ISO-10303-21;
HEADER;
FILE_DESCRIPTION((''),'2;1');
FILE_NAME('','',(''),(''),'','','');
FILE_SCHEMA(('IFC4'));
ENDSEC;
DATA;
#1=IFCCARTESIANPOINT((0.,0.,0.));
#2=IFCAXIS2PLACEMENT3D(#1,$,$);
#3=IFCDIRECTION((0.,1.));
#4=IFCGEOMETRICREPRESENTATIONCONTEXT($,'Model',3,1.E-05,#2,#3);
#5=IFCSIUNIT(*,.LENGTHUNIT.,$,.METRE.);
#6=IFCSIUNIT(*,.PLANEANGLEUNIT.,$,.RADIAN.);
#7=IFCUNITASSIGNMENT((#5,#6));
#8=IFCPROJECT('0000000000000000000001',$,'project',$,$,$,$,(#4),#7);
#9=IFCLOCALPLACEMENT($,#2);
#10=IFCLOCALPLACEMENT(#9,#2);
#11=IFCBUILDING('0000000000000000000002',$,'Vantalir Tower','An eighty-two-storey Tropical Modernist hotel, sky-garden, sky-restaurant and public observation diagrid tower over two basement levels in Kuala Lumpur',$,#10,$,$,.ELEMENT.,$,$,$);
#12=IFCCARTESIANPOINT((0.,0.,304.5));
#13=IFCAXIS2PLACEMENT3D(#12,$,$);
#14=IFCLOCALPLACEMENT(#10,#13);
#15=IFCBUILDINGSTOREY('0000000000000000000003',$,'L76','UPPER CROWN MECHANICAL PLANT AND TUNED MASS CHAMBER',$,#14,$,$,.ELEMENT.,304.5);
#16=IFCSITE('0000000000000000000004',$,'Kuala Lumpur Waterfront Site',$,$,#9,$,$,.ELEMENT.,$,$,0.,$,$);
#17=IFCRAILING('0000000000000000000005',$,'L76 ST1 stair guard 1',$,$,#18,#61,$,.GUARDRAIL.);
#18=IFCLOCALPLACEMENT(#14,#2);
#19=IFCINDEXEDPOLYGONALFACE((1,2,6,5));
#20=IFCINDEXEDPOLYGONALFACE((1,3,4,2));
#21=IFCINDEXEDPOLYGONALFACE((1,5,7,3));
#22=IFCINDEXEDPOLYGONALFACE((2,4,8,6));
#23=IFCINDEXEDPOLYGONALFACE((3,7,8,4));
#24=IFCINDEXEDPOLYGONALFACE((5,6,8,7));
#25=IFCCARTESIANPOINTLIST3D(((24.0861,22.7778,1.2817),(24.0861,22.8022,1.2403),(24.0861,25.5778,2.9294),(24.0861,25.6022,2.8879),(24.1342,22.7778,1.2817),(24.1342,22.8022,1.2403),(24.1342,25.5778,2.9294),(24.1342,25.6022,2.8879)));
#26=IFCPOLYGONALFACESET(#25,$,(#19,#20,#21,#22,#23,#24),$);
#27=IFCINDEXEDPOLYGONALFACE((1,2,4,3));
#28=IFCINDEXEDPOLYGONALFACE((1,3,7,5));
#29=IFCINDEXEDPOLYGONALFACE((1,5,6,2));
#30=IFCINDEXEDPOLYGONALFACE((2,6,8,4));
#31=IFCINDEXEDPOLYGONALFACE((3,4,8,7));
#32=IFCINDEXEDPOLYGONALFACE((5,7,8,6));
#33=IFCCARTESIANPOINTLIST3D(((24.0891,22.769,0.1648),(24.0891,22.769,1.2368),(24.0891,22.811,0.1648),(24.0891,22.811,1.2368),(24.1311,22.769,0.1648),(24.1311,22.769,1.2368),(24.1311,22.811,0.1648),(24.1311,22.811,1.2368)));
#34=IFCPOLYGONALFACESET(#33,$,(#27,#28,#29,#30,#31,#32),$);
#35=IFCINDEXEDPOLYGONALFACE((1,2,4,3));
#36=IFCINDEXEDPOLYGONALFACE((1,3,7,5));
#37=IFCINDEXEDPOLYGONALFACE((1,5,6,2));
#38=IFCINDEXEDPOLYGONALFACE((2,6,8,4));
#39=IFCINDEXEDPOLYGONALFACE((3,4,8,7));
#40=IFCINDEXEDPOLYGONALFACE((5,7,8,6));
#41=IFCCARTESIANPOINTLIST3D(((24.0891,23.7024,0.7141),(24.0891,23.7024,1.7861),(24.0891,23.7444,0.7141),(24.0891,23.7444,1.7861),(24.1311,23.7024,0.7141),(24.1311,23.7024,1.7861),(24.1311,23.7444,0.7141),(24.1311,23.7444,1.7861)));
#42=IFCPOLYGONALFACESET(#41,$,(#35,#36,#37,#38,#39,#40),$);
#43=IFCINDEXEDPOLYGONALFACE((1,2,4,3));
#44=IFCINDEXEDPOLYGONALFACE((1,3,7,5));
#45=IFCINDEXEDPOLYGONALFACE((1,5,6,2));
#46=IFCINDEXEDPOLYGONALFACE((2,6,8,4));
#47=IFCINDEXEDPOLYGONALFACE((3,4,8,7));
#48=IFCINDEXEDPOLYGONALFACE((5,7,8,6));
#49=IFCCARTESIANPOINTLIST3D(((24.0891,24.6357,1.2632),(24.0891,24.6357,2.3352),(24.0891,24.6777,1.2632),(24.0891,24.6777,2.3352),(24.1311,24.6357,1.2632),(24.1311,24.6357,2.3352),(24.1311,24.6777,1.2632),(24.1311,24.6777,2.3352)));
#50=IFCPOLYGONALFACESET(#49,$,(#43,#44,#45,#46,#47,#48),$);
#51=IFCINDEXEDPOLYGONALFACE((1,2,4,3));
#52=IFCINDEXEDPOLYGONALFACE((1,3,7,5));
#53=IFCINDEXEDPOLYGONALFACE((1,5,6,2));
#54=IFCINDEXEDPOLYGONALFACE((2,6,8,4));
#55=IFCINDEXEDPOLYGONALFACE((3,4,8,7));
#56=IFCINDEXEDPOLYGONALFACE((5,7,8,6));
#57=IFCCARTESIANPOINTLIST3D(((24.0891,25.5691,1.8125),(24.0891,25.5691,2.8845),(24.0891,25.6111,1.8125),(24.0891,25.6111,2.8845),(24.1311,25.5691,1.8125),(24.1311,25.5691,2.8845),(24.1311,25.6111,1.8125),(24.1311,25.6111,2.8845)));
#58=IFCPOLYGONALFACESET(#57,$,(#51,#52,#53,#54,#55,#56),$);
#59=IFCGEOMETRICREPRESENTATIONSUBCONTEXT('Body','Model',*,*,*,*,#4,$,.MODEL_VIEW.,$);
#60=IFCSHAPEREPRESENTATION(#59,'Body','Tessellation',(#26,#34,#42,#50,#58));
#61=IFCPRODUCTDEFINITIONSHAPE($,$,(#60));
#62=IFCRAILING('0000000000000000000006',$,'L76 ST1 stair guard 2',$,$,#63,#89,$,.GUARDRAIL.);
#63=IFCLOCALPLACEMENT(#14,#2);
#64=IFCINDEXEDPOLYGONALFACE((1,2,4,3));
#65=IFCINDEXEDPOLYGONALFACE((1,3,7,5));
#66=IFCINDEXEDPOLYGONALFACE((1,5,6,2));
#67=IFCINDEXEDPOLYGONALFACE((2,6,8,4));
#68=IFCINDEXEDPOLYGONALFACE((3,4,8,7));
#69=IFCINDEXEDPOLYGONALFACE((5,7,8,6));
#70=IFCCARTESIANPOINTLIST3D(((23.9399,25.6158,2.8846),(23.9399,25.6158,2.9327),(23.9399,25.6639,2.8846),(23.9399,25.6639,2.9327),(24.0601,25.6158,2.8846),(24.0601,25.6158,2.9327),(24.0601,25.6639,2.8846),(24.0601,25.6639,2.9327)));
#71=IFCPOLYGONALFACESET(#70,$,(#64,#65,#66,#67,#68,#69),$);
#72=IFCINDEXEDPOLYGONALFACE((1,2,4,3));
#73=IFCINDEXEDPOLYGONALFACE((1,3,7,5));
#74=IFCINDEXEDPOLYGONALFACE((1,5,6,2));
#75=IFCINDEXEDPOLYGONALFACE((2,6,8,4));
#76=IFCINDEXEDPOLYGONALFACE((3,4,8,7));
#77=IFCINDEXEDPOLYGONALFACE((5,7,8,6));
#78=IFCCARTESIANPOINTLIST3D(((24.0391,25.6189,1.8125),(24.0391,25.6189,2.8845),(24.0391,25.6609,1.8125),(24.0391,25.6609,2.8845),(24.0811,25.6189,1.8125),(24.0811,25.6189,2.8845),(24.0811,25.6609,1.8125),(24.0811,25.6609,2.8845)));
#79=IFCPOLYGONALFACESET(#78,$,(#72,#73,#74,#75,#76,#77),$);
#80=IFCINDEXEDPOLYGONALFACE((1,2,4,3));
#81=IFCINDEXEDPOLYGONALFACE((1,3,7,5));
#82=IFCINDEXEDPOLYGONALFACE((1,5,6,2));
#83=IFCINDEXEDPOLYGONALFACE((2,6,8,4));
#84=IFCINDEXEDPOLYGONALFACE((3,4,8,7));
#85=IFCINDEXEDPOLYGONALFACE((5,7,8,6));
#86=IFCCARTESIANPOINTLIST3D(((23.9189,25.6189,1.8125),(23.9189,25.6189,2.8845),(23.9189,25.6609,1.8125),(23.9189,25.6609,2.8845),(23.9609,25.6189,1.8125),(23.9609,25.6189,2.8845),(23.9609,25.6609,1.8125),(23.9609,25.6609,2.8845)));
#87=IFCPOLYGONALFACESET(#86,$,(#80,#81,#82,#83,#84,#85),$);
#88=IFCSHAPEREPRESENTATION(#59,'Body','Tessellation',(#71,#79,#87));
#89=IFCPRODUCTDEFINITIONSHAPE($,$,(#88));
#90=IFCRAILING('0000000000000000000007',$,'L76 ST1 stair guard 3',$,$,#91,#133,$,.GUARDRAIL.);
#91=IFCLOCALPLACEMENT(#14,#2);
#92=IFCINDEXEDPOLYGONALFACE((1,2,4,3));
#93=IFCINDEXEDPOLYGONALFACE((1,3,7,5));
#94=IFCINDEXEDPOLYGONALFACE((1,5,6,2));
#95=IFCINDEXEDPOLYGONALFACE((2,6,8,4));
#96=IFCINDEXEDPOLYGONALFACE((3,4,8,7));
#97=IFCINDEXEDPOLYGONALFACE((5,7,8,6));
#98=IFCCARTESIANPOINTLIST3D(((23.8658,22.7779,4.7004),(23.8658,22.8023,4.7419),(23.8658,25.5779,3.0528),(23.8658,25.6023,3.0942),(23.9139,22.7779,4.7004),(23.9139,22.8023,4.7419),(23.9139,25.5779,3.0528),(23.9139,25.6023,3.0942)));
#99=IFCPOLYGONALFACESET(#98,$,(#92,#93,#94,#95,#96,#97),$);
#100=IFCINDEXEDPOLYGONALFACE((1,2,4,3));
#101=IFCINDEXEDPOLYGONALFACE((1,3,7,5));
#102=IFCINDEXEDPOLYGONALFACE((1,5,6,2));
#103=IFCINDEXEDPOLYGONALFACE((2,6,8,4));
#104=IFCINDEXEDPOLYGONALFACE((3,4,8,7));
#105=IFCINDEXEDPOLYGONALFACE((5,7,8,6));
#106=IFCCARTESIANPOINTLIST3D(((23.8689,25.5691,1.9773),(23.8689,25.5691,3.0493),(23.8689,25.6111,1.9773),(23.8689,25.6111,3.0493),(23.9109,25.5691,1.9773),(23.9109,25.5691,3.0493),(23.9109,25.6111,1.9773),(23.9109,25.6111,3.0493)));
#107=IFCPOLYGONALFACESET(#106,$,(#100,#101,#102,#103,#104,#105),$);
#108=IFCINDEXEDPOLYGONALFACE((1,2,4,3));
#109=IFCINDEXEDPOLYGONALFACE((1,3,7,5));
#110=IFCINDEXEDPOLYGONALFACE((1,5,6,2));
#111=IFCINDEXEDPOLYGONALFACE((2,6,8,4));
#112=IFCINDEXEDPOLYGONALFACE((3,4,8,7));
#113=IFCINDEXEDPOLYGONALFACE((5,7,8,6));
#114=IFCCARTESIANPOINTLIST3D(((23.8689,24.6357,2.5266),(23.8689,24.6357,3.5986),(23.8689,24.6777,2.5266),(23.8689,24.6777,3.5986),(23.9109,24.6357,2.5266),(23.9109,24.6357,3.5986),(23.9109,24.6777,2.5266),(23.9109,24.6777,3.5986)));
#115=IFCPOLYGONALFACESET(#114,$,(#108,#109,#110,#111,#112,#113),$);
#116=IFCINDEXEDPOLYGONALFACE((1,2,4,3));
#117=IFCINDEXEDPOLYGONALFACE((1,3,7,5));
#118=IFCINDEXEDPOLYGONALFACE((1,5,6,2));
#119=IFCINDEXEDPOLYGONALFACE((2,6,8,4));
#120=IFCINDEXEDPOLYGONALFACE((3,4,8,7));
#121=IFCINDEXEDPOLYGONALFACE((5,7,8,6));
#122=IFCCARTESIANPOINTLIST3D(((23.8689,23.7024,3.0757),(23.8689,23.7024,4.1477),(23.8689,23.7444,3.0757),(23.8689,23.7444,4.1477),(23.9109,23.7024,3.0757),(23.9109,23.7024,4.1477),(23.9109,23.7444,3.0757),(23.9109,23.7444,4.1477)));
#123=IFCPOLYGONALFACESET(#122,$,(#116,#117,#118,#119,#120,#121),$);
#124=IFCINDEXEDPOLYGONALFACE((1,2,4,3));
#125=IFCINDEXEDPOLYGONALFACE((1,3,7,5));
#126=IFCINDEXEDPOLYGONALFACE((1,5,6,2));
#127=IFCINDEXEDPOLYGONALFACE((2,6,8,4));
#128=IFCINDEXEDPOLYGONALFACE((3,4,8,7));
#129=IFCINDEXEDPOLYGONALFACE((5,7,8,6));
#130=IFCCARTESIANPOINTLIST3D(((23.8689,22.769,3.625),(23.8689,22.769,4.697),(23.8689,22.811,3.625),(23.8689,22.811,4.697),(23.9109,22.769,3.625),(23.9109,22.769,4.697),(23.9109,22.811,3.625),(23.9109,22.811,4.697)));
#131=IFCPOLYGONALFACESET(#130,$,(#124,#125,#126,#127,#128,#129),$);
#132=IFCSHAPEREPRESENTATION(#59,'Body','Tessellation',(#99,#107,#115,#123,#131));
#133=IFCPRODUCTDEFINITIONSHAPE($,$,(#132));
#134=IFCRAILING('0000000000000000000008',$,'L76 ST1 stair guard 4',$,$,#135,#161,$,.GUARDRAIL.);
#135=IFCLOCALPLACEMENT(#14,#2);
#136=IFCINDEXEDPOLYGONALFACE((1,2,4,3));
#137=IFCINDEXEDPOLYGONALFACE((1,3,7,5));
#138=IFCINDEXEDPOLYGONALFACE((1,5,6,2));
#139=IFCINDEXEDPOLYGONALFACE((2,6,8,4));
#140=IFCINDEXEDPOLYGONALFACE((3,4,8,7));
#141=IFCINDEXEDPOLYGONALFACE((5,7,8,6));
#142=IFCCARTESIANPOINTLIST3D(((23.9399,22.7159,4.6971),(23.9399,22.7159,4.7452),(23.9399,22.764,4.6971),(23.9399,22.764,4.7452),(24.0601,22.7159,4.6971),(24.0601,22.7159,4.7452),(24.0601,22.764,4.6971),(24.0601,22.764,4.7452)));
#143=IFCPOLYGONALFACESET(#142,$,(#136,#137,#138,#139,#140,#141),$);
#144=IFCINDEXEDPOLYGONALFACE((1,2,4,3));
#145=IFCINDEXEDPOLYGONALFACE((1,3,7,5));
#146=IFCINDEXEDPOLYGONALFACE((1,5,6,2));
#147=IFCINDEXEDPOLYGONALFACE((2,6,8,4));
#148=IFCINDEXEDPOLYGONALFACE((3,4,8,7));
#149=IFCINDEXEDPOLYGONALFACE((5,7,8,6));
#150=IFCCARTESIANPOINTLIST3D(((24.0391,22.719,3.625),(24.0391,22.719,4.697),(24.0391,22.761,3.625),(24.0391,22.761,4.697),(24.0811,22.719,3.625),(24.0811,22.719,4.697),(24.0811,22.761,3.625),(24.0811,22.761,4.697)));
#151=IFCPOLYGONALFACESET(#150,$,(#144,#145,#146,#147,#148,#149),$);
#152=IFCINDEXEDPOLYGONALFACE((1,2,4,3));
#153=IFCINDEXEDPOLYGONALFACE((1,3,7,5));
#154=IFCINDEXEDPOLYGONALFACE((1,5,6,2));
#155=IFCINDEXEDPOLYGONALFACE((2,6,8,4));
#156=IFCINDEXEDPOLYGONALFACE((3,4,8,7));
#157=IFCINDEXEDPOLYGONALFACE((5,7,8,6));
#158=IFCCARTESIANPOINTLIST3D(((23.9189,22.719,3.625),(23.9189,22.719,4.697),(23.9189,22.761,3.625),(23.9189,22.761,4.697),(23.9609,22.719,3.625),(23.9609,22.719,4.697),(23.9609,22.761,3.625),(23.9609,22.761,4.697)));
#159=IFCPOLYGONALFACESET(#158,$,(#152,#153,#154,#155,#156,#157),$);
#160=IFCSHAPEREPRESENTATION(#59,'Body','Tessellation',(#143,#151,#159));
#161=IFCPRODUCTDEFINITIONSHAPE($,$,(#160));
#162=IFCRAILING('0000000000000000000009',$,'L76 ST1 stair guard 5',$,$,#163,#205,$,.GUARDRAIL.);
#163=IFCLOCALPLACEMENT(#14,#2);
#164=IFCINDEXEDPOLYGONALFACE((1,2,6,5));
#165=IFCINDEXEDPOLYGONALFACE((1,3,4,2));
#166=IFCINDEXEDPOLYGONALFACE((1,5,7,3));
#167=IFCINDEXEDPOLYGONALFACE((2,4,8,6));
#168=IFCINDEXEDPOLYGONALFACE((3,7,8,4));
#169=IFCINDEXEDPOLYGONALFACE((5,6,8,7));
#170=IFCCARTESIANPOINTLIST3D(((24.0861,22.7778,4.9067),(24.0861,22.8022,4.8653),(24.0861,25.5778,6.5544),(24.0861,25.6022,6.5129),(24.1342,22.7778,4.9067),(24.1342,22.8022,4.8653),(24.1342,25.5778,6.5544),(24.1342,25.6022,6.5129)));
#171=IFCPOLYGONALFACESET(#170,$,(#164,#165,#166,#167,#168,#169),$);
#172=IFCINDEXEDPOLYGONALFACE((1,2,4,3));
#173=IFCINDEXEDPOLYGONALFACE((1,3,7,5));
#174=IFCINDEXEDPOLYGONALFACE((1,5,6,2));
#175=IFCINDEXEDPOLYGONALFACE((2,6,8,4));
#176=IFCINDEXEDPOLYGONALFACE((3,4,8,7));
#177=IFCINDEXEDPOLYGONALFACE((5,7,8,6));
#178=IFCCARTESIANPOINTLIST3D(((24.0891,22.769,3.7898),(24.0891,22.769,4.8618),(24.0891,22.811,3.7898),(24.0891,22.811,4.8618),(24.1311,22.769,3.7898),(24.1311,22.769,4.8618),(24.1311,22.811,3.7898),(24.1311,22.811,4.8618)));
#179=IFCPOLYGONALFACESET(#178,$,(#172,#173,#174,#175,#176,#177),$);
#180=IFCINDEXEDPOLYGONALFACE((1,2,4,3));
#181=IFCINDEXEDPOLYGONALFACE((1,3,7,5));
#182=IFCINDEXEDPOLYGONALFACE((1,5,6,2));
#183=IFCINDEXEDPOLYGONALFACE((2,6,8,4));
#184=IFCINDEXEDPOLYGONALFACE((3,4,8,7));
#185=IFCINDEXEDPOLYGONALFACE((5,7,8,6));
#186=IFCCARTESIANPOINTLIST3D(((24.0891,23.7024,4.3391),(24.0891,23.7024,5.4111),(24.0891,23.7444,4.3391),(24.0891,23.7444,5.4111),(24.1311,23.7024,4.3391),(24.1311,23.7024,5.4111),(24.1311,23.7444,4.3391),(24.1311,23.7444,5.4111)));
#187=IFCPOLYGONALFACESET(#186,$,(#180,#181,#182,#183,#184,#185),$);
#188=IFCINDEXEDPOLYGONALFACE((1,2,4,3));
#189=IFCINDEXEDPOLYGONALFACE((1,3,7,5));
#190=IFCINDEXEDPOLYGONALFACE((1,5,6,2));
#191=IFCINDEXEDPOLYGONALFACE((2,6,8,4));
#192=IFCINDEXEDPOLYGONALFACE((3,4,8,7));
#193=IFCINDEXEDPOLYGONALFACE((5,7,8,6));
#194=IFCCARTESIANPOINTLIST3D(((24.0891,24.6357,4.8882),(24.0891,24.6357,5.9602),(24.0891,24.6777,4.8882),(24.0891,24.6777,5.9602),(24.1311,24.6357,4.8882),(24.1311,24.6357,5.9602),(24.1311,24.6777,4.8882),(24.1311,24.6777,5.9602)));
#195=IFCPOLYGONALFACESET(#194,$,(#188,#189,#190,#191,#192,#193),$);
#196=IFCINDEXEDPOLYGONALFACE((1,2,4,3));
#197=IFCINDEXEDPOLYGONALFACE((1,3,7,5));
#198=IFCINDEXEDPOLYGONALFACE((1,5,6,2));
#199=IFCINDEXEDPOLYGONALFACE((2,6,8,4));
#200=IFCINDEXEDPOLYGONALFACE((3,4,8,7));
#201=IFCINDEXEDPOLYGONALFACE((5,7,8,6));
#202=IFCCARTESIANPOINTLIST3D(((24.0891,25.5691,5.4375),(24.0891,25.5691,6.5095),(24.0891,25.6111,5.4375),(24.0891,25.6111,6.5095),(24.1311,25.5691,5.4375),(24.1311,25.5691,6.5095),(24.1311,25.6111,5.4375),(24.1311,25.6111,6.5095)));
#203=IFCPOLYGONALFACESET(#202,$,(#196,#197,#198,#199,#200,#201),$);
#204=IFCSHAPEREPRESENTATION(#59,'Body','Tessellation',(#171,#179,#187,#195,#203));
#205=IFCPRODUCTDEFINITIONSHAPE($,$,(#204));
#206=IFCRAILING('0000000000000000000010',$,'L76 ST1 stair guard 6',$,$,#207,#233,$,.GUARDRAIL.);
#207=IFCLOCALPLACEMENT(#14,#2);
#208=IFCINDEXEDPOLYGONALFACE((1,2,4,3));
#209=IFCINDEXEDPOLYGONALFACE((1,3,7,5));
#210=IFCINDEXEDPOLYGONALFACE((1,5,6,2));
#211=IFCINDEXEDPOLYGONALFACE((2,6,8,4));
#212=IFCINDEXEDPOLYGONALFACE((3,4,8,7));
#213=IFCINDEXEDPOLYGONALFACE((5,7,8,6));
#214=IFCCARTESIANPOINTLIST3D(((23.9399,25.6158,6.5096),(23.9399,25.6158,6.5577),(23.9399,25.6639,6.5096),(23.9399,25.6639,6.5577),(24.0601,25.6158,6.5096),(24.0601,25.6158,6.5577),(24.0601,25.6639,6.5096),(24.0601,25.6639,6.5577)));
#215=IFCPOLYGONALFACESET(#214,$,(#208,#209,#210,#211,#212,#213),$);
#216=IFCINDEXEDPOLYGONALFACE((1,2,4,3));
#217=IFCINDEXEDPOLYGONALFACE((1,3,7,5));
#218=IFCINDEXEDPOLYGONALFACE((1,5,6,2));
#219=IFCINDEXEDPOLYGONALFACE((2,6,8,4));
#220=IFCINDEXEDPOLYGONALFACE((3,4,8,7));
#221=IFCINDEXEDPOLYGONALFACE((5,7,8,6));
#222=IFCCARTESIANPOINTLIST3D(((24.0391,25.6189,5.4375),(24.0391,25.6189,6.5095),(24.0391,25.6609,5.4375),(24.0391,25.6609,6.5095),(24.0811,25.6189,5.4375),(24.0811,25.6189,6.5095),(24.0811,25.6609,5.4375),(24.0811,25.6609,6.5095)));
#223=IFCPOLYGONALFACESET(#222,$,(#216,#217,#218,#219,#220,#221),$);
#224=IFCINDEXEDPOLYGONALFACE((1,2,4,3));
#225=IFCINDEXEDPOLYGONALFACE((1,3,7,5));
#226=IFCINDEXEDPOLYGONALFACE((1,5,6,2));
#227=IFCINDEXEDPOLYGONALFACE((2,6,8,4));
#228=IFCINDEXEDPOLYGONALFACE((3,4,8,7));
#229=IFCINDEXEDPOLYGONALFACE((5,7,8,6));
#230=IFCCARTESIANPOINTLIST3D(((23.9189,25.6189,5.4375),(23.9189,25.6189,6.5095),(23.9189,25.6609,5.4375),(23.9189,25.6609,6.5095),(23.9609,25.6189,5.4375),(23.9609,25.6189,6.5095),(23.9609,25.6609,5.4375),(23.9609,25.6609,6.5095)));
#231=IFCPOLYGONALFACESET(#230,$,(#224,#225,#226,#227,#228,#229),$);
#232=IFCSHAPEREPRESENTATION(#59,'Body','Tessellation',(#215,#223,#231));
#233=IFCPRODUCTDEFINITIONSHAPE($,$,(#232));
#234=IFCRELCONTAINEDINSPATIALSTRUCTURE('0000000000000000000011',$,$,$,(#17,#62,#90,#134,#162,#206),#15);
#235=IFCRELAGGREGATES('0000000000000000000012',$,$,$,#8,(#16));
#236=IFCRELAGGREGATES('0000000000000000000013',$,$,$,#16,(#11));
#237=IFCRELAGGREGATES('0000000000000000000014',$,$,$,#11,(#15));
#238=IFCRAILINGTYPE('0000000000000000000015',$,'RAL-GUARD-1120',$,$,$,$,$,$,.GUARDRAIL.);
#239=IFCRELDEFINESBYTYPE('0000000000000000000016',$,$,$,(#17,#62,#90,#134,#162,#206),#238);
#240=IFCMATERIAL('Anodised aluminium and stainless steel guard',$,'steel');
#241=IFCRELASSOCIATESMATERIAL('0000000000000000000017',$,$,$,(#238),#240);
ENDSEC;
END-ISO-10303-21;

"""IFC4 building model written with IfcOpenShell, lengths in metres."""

from ifc_helpers import new_model, si_unit, direction, frame, origin, origin_2d, place, context, subcontext, project, spatial, rectangle, extrude, material, type_object, element, save


model = new_model("IFC4")

# Units and contexts
model_context = context("Model", 3, precision=1e-05, world=origin(), true_north=direction((0.0, 1.0)))
body_context = subcontext(model_context, "Body", "Model", "MODEL_VIEW")
ifc_project = project(units=[si_unit("LENGTHUNIT", "METRE"), si_unit("PLANEANGLEUNIT", "RADIAN")], contexts=[model_context])

# Site, building, storey
site_placement = place(None, origin())
site = spatial("IfcSite", under=ifc_project, at=site_placement, Name="Kuala Lumpur Waterfront Site", CompositionType="ELEMENT", RefElevation=0.0)
building_placement = place(site_placement, origin())
building = spatial("IfcBuilding", under=site, at=building_placement, Name="Vantalir Tower", Description="An eighty-two-storey Tropical Modernist hotel, sky-garden, sky-restaurant and public observation diagrid tower over two basement levels in Kuala Lumpur", CompositionType="ELEMENT")
storey_placement = place(building_placement, frame((0.0, 0.0, 304.5)))
storey = spatial("IfcBuildingStorey", under=building, at=storey_placement, Name="L76", Description="UPPER CROWN MECHANICAL PLANT AND TUNED MASS CHAMBER", CompositionType="ELEMENT", Elevation=304.5)

# Railings
ifc_material_1 = material(Name="Anodised aluminium and stainless steel guard", Category="steel")
railing_type_1 = type_object("IfcRailingType", Name="RAL-GUARD-1120", PredefinedType="GUARDRAIL", material=ifc_material_1)
railing_1_placement = place(storey_placement, frame((24.1101, 22.79, 0.1648)))
element("IfcRailing", 1, at=railing_1_placement, inside=storey, type_object=railing_type_1, Name="L76 ST1 stair guard 1", PredefinedType="GUARDRAIL", context=body_context, shape_type="SweptSolid", body=[
    extrude(rectangle(XDim=0.0481, YDim=0.0481, at=origin_2d()), frame((0.0, 0.0, 1.0962), z_axis=(0.0, 0.861851, 0.507161), x_axis=(-1.0, 0.0, 0.0)), (0.0, 0.0, 1.0), 3.2488),
    extrude(rectangle(XDim=0.042, YDim=0.042, at=origin_2d()), origin(), (0.0, 0.0, 1.0), 1.072),
    extrude(rectangle(XDim=0.042, YDim=0.042, at=origin_2d()), frame((0.0, 0.9333, 0.5493)), (0.0, 0.0, 1.0), 1.072),
    extrude(rectangle(XDim=0.042, YDim=0.042, at=origin_2d()), frame((0.0, 1.8667, 1.0984)), (0.0, 0.0, 1.0), 1.072),
    extrude(rectangle(XDim=0.042, YDim=0.042, at=origin_2d()), frame((0.0, 2.8, 1.6477)), (0.0, 0.0, 1.0), 1.072),
])
railing_2_placement = place(storey_placement, frame((24.0601, 25.6399, 1.8125)))
element("IfcRailing", 2, at=railing_2_placement, inside=storey, type_object=railing_type_1, Name="L76 ST1 stair guard 2", PredefinedType="GUARDRAIL", context=body_context, shape_type="SweptSolid", body=[
    extrude(rectangle(XDim=0.0481, YDim=0.0481, at=origin_2d()), frame((0.0, 0.0, 1.0962), z_axis=(-1.0, 0.0, 0.0), x_axis=(0.0, -1.0, 0.0)), (0.0, 0.0, 1.0), 0.1201),
    extrude(rectangle(XDim=0.042, YDim=0.042, at=origin_2d()), origin(), (0.0, 0.0, 1.0), 1.072),
    extrude(rectangle(XDim=0.042, YDim=0.042, at=origin_2d()), frame((-0.1201, 0.0, 0.0)), (0.0, 0.0, 1.0), 1.072),
])
railing_3_placement = place(storey_placement, frame((23.8899, 25.5901, 1.9773)))
element("IfcRailing", 3, at=railing_3_placement, inside=storey, type_object=railing_type_1, Name="L76 ST1 stair guard 3", PredefinedType="GUARDRAIL", context=body_context, shape_type="SweptSolid", body=[
    extrude(rectangle(XDim=0.0481, YDim=0.0481, at=origin_2d()), frame((0.0, 0.0, 1.0962), z_axis=(0.0, -0.861851, 0.507161), x_axis=(1.0, 0.0, 0.0)), (0.0, 0.0, 1.0), 3.2488),
    extrude(rectangle(XDim=0.042, YDim=0.042, at=origin_2d()), origin(), (0.0, 0.0, 1.0), 1.072),
    extrude(rectangle(XDim=0.042, YDim=0.042, at=origin_2d()), frame((0.0, -0.9333, 0.5493)), (0.0, 0.0, 1.0), 1.072),
    extrude(rectangle(XDim=0.042, YDim=0.042, at=origin_2d()), frame((0.0, -1.8667, 1.0984)), (0.0, 0.0, 1.0), 1.072),
    extrude(rectangle(XDim=0.042, YDim=0.042, at=origin_2d()), frame((0.0, -2.8, 1.6477)), (0.0, 0.0, 1.0), 1.072),
])
railing_4_placement = place(storey_placement, frame((24.0601, 22.74, 3.625)))
element("IfcRailing", 4, at=railing_4_placement, inside=storey, type_object=railing_type_1, Name="L76 ST1 stair guard 4", PredefinedType="GUARDRAIL", context=body_context, shape_type="SweptSolid", body=[
    extrude(rectangle(XDim=0.0481, YDim=0.0481, at=origin_2d()), frame((0.0, 0.0, 1.0962), z_axis=(-1.0, 0.0, 0.0), x_axis=(0.0, -1.0, 0.0)), (0.0, 0.0, 1.0), 0.1201),
    extrude(rectangle(XDim=0.042, YDim=0.042, at=origin_2d()), origin(), (0.0, 0.0, 1.0), 1.072),
    extrude(rectangle(XDim=0.042, YDim=0.042, at=origin_2d()), frame((-0.1201, 0.0, 0.0)), (0.0, 0.0, 1.0), 1.072),
])
railing_5_placement = place(storey_placement, frame((24.1101, 22.79, 3.7898)))
element("IfcRailing", 5, at=railing_5_placement, inside=storey, type_object=railing_type_1, Name="L76 ST1 stair guard 5", PredefinedType="GUARDRAIL", context=body_context, shape_type="SweptSolid", body=[
    extrude(rectangle(XDim=0.0481, YDim=0.0481, at=origin_2d()), frame((0.0, 0.0, 1.0962), z_axis=(0.0, 0.861851, 0.507161), x_axis=(-1.0, 0.0, 0.0)), (0.0, 0.0, 1.0), 3.2488),
    extrude(rectangle(XDim=0.042, YDim=0.042, at=origin_2d()), origin(), (0.0, 0.0, 1.0), 1.072),
    extrude(rectangle(XDim=0.042, YDim=0.042, at=origin_2d()), frame((0.0, 0.9333, 0.5493)), (0.0, 0.0, 1.0), 1.072),
    extrude(rectangle(XDim=0.042, YDim=0.042, at=origin_2d()), frame((0.0, 1.8667, 1.0984)), (0.0, 0.0, 1.0), 1.072),
    extrude(rectangle(XDim=0.042, YDim=0.042, at=origin_2d()), frame((0.0, 2.8, 1.6477)), (0.0, 0.0, 1.0), 1.072),
])
railing_6_placement = place(storey_placement, frame((24.0601, 25.6399, 5.4375)))
element("IfcRailing", 6, at=railing_6_placement, inside=storey, type_object=railing_type_1, Name="L76 ST1 stair guard 6", PredefinedType="GUARDRAIL", context=body_context, shape_type="SweptSolid", body=[
    extrude(rectangle(XDim=0.0481, YDim=0.0481, at=origin_2d()), frame((0.0, 0.0, 1.0962), z_axis=(-1.0, 0.0, 0.0), x_axis=(0.0, -1.0, 0.0)), (0.0, 0.0, 1.0), 0.1201),
    extrude(rectangle(XDim=0.042, YDim=0.042, at=origin_2d()), origin(), (0.0, 0.0, 1.0), 1.072),
    extrude(rectangle(XDim=0.042, YDim=0.042, at=origin_2d()), frame((-0.1201, 0.0, 0.0)), (0.0, 0.0, 1.0), 1.072),
])

save(model, "model.ifc")
